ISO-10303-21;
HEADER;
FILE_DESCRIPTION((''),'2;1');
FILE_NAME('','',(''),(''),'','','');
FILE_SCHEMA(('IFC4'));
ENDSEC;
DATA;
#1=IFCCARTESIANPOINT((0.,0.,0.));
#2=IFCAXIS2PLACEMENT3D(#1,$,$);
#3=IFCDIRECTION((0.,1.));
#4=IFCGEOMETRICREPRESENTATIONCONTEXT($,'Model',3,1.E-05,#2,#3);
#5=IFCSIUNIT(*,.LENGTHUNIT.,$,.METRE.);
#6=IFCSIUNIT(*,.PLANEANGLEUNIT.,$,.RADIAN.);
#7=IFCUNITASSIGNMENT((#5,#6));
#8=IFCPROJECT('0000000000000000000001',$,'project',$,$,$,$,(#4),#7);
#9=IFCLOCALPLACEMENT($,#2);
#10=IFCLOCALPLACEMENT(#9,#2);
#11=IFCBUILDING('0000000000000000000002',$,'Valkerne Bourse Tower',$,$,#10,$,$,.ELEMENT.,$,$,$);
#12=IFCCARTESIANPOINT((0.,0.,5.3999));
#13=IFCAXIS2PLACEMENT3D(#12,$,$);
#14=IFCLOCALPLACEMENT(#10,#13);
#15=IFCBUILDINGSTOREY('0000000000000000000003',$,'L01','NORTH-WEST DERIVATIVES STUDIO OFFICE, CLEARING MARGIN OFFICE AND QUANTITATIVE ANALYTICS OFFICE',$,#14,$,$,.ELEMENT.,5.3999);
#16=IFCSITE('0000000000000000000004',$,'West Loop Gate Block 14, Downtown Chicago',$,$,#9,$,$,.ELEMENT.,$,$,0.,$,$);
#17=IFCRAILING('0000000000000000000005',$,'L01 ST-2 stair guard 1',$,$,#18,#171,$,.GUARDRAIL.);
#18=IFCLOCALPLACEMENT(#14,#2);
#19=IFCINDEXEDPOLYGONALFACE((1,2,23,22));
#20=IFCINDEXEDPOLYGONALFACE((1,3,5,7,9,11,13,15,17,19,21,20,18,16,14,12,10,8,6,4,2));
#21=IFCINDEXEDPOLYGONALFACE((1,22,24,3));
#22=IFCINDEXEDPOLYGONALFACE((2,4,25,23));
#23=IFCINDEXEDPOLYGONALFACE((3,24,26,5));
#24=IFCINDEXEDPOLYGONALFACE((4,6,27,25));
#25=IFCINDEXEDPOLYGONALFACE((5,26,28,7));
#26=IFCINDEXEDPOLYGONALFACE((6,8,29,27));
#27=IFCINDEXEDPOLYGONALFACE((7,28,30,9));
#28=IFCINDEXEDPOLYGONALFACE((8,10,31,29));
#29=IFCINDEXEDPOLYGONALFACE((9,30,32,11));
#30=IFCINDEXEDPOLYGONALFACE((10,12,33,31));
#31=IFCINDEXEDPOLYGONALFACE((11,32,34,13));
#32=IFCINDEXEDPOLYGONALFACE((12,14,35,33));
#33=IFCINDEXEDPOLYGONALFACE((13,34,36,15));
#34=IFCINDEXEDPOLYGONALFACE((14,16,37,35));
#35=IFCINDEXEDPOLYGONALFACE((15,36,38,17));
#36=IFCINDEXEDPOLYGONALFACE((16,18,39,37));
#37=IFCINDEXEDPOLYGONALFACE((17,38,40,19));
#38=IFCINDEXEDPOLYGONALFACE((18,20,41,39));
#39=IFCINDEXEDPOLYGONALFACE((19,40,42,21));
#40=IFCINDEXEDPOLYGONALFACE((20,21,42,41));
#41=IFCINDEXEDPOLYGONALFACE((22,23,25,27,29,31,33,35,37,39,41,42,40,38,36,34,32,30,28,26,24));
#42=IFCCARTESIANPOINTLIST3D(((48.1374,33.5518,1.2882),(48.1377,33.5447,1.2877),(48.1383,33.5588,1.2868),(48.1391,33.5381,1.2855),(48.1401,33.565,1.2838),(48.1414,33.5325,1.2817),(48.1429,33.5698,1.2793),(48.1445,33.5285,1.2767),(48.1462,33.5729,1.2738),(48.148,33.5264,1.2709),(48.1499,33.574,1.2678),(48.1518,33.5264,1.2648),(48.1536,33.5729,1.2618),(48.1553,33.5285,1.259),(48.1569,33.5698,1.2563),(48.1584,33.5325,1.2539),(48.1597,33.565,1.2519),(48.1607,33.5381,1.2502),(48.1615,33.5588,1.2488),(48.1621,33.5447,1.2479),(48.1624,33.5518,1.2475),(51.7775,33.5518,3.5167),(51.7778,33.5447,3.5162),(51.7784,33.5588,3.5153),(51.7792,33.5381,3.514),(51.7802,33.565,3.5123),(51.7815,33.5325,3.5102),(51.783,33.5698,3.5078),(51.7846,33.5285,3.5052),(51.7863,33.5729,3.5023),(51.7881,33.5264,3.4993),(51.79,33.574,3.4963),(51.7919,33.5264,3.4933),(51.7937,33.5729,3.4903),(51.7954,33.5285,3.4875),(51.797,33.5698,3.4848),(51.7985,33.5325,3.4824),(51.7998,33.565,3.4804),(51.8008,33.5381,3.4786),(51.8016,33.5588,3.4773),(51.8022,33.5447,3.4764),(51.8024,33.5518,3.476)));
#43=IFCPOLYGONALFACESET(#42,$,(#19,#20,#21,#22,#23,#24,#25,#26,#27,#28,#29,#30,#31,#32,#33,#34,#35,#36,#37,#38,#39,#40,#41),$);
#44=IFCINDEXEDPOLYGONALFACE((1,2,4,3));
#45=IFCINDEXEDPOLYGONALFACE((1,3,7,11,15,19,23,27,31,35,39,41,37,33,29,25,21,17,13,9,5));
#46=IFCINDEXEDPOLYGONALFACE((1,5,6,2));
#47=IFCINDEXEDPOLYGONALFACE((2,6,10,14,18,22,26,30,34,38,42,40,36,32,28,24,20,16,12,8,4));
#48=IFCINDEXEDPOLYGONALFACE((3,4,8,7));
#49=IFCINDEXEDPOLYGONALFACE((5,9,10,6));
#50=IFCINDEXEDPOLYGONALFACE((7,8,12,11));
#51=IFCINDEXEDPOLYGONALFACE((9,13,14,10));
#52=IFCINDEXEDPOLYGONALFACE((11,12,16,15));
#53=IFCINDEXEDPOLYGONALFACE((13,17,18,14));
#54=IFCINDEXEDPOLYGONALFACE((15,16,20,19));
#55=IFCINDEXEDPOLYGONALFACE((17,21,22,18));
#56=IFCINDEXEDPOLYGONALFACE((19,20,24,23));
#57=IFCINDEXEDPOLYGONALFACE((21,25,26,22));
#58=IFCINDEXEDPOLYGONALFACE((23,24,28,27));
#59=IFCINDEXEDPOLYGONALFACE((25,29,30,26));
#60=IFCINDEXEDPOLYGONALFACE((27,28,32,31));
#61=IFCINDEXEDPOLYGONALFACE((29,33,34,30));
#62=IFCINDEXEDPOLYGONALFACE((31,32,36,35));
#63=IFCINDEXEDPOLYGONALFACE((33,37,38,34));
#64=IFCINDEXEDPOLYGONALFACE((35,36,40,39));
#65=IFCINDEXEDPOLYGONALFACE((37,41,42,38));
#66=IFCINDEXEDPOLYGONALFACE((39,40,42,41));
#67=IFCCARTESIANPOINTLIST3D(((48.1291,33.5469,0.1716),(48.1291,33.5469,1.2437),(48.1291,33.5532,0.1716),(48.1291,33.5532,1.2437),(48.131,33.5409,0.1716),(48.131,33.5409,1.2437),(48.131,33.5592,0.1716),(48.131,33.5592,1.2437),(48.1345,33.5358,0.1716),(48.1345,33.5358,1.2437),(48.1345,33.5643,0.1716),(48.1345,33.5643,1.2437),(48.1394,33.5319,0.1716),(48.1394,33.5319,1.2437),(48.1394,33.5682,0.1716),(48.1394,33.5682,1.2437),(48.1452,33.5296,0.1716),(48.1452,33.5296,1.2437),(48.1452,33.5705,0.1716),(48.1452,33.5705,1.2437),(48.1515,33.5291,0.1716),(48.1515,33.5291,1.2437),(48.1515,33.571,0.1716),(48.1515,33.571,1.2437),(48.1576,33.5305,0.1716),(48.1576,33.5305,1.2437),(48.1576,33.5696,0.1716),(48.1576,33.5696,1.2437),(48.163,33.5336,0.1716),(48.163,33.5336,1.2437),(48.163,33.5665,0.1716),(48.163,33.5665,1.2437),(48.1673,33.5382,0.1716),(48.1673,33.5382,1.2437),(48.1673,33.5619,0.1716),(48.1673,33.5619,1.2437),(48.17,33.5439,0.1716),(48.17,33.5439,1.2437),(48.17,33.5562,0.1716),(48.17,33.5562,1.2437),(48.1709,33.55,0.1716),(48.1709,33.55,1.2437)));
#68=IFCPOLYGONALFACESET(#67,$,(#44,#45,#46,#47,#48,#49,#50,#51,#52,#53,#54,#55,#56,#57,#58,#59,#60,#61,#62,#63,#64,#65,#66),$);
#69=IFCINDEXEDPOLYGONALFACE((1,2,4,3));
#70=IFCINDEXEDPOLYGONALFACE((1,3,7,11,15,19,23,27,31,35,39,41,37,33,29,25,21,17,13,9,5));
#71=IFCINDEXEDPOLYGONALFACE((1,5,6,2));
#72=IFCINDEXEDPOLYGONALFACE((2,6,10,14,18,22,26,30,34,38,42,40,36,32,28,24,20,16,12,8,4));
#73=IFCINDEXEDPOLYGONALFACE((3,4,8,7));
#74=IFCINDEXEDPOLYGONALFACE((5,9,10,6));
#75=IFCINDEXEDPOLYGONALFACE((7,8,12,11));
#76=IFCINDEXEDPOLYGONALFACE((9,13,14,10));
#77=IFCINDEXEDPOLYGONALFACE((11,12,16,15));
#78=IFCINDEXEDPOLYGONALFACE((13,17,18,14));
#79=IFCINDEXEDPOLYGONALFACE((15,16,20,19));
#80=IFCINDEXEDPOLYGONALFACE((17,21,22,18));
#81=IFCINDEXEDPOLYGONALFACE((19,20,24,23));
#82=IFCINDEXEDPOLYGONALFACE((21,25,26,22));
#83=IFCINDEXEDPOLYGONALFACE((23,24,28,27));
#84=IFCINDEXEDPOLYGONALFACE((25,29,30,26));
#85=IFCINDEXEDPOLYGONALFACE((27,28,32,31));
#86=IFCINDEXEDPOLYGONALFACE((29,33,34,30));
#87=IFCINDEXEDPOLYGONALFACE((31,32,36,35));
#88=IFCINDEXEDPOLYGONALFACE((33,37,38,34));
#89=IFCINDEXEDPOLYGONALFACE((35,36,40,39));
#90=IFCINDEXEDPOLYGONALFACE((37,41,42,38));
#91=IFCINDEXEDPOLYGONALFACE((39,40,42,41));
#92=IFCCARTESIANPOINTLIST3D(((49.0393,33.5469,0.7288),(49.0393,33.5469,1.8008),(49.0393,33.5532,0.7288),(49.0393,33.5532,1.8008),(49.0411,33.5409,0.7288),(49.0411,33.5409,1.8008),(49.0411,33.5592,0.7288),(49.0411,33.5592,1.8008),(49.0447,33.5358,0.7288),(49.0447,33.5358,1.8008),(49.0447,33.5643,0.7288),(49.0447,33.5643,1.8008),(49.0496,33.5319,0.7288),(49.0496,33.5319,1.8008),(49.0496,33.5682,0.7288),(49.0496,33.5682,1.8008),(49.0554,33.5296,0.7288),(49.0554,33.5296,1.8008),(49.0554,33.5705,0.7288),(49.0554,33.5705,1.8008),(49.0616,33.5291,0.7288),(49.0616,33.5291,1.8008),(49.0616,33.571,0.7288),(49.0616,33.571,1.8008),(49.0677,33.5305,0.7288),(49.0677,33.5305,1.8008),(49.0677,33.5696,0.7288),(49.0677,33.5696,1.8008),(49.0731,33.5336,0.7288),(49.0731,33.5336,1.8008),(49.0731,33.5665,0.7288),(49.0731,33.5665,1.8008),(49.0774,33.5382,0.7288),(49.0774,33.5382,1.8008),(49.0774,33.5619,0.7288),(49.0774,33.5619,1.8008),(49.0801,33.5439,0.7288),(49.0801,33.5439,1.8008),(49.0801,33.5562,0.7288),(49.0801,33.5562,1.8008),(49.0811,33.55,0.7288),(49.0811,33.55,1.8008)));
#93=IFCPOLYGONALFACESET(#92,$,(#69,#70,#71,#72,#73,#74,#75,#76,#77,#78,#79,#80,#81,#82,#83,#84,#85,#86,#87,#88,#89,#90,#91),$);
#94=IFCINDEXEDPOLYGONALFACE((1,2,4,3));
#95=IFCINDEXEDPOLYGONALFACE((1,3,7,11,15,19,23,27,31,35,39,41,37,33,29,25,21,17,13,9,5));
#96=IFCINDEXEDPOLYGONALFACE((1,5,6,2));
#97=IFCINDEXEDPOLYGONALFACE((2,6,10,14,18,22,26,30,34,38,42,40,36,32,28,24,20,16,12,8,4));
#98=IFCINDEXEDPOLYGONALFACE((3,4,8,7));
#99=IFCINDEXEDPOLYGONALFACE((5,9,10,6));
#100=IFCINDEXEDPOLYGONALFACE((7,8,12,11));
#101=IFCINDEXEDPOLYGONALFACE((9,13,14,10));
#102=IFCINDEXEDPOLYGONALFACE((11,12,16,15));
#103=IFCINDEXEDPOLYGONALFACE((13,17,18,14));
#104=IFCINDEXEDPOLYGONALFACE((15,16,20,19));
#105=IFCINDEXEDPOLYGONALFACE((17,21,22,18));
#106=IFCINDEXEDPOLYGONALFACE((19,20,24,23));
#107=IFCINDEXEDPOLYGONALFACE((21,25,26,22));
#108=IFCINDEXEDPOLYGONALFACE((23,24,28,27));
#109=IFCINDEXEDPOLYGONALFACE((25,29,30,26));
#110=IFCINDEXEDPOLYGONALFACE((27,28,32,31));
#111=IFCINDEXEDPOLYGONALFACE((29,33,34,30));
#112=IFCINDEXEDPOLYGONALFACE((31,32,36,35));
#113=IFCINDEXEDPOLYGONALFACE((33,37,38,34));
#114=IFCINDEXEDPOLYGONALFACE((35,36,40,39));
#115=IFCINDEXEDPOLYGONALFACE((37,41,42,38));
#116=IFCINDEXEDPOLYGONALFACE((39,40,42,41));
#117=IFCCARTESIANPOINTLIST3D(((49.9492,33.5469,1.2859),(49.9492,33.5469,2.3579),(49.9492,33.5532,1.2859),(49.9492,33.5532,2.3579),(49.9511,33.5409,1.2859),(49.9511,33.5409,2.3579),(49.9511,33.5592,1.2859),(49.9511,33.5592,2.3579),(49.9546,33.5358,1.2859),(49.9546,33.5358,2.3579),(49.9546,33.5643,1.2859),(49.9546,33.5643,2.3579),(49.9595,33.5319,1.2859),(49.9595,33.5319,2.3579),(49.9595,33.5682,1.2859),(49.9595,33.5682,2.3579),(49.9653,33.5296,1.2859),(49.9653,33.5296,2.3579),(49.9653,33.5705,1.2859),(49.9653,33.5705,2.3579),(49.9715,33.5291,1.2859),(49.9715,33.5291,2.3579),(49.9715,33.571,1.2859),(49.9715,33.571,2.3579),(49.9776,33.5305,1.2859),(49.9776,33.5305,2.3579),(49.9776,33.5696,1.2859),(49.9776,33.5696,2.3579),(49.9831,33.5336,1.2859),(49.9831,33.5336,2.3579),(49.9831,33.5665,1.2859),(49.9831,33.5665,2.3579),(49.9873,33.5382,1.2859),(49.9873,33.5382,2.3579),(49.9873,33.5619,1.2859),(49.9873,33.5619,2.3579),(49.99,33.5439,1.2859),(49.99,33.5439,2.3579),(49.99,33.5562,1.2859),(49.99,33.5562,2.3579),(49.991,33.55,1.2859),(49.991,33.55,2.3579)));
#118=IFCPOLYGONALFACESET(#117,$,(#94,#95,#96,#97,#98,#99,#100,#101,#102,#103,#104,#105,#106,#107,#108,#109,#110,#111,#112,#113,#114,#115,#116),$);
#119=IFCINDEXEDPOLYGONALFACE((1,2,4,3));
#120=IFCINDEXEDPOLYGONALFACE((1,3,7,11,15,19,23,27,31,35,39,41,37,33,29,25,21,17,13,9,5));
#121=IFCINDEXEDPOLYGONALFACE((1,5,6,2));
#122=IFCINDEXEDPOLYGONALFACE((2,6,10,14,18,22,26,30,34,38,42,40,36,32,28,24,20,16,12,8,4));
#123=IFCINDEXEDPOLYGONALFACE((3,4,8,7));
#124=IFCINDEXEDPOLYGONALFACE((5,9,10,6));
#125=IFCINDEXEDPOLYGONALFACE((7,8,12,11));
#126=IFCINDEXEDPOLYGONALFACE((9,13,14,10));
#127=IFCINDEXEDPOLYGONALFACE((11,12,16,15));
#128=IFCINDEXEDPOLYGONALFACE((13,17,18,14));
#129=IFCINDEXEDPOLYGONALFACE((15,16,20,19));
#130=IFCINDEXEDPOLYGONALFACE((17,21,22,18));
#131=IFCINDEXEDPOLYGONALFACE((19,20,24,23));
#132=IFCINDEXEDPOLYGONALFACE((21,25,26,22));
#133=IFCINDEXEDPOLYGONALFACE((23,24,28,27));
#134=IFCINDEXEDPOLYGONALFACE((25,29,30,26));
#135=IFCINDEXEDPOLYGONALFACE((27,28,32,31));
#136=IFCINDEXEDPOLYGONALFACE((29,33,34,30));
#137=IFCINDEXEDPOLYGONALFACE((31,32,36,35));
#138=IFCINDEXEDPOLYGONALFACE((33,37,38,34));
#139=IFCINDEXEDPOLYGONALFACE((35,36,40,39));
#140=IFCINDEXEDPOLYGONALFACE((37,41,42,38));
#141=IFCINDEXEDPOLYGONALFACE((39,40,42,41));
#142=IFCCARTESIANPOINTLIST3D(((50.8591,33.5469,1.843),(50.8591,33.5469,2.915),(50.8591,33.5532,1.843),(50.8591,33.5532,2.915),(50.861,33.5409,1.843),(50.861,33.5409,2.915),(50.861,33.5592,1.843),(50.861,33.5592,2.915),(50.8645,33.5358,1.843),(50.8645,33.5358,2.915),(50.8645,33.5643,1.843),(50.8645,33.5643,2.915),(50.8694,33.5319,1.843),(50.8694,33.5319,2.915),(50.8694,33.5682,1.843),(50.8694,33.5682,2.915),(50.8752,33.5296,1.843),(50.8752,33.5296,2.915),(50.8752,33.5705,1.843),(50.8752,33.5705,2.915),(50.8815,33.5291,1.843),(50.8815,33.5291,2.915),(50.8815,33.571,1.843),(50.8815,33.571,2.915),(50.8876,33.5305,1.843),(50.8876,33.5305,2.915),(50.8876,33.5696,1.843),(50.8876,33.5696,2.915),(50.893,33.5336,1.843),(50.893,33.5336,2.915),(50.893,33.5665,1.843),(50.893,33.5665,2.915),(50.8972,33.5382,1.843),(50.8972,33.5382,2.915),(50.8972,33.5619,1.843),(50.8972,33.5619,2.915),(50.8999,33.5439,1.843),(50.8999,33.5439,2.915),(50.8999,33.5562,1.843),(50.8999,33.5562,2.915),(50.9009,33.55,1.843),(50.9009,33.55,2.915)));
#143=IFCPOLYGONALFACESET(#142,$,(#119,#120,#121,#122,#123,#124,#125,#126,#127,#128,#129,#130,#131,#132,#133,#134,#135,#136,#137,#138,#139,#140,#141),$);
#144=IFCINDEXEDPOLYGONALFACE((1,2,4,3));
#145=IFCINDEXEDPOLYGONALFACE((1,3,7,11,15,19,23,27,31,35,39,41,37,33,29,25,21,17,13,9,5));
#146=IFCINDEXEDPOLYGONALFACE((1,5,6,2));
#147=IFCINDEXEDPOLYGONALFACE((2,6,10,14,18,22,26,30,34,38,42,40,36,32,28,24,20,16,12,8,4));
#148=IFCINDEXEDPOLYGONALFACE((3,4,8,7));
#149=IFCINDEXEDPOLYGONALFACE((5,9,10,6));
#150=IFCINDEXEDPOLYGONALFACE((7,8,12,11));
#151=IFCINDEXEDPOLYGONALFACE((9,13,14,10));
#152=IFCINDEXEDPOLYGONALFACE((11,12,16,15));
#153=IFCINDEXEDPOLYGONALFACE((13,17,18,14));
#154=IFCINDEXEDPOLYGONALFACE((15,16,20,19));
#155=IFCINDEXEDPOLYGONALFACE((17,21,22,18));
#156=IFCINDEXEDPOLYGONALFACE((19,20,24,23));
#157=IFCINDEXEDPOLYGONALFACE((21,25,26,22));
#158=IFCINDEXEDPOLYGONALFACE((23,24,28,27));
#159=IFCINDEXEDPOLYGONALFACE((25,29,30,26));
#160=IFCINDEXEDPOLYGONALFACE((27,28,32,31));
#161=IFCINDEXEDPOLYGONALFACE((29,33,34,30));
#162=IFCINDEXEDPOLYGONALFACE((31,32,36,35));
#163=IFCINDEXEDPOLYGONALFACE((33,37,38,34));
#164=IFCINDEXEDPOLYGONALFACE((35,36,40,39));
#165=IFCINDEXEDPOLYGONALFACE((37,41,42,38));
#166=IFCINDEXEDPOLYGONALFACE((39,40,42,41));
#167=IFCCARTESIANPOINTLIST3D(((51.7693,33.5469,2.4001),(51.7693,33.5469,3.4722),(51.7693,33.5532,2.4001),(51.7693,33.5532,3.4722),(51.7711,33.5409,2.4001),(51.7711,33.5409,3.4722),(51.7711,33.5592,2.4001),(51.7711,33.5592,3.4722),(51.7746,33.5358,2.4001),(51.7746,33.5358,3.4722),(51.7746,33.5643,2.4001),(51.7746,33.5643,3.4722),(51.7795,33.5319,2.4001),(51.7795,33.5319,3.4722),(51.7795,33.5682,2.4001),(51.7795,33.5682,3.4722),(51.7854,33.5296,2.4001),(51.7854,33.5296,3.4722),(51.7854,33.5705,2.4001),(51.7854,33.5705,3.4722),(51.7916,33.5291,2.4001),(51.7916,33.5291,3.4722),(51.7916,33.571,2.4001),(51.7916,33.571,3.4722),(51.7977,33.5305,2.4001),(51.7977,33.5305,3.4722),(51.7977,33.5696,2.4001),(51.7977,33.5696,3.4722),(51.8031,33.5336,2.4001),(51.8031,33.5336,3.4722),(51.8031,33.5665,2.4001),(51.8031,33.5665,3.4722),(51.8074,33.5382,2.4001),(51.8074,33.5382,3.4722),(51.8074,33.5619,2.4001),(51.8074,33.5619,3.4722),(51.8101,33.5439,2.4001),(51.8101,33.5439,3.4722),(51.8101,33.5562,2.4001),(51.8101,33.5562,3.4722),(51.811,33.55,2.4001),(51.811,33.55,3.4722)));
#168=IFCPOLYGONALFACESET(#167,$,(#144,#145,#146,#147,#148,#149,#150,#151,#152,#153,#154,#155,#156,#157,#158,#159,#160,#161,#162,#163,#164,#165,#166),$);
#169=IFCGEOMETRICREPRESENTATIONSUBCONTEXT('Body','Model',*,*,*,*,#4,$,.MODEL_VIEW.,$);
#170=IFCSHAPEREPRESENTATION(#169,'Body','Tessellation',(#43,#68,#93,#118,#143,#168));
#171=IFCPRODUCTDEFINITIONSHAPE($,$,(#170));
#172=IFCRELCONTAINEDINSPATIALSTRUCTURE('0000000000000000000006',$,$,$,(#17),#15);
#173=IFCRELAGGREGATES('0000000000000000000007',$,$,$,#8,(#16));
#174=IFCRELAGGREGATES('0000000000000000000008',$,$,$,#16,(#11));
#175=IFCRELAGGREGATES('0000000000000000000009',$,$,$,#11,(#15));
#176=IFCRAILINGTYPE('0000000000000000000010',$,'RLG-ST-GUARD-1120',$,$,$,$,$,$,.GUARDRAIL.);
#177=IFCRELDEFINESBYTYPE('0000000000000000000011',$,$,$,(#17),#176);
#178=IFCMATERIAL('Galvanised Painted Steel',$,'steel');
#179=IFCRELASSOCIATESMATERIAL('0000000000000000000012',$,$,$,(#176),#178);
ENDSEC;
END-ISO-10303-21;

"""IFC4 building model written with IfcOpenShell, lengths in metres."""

from ifc_helpers import new_model, si_unit, direction, frame, origin, origin_2d, place, context, subcontext, project, spatial, circle, extrude, material, type_object, element, save


model = new_model("IFC4")

# Units and contexts
model_context = context("Model", 3, precision=1e-05, world=origin(), true_north=direction((0.0, 1.0)))
body_context = subcontext(model_context, "Body", "Model", "MODEL_VIEW")
ifc_project = project(units=[si_unit("LENGTHUNIT", "METRE"), si_unit("PLANEANGLEUNIT", "RADIAN")], contexts=[model_context])

# Site, building, storey
site_placement = place(None, origin())
site = spatial("IfcSite", under=ifc_project, at=site_placement, Name="West Loop Gate Block 14, Downtown Chicago", CompositionType="ELEMENT", RefElevation=0.0)
building_placement = place(site_placement, origin())
building = spatial("IfcBuilding", under=site, at=building_placement, Name="Valkerne Bourse Tower", CompositionType="ELEMENT")
storey_placement = place(building_placement, frame((0.0, 0.0, 5.3999)))
storey = spatial("IfcBuildingStorey", under=building, at=storey_placement, Name="L01", Description="NORTH-WEST DERIVATIVES STUDIO OFFICE, CLEARING MARGIN OFFICE AND QUANTITATIVE ANALYTICS OFFICE", CompositionType="ELEMENT", Elevation=5.3999)

# Shared definitions
ifc_material_1 = material(Name="Galvanised Painted Steel", Category="steel")

# Railing
railing_type_1 = type_object("IfcRailingType", Name="RLG-ST-GUARD-1120", PredefinedType="GUARDRAIL", material=ifc_material_1)
railing_1_placement = place(storey_placement, frame((48.1499, 33.55, 0.1716)))
element("IfcRailing", 1, at=railing_1_placement, inside=storey, type_object=railing_type_1, Name="L01 ST-2 stair guard 1", PredefinedType="GUARDRAIL", context=body_context, shape_type="SweptSolid", body=[
    extrude(circle(Radius=0.0239, at=origin_2d()), frame((0.0, 0.0, 1.0962), z_axis=(0.852866, 0.0, 0.52213), x_axis=(0.0, 1.0, 0.0)), (0.0, 0.0, 1.0), 4.2681),
    extrude(circle(Radius=0.021, at=origin_2d()), origin(), (0.0, 0.0, 1.0), 1.072),
    extrude(circle(Radius=0.021, at=origin_2d()), frame((0.9102, 0.0, 0.5571)), (0.0, 0.0, 1.0), 1.072),
    extrude(circle(Radius=0.021, at=origin_2d()), frame((1.8201, 0.0, 1.1143)), (0.0, 0.0, 1.0), 1.072),
    extrude(circle(Radius=0.021, at=origin_2d()), frame((2.73, 0.0, 1.6714)), (0.0, 0.0, 1.0), 1.072),
    extrude(circle(Radius=0.021, at=origin_2d()), frame((3.6401, 0.0, 2.2285)), (0.0, 0.0, 1.0), 1.072),
])

save(model, "model.ifc")
